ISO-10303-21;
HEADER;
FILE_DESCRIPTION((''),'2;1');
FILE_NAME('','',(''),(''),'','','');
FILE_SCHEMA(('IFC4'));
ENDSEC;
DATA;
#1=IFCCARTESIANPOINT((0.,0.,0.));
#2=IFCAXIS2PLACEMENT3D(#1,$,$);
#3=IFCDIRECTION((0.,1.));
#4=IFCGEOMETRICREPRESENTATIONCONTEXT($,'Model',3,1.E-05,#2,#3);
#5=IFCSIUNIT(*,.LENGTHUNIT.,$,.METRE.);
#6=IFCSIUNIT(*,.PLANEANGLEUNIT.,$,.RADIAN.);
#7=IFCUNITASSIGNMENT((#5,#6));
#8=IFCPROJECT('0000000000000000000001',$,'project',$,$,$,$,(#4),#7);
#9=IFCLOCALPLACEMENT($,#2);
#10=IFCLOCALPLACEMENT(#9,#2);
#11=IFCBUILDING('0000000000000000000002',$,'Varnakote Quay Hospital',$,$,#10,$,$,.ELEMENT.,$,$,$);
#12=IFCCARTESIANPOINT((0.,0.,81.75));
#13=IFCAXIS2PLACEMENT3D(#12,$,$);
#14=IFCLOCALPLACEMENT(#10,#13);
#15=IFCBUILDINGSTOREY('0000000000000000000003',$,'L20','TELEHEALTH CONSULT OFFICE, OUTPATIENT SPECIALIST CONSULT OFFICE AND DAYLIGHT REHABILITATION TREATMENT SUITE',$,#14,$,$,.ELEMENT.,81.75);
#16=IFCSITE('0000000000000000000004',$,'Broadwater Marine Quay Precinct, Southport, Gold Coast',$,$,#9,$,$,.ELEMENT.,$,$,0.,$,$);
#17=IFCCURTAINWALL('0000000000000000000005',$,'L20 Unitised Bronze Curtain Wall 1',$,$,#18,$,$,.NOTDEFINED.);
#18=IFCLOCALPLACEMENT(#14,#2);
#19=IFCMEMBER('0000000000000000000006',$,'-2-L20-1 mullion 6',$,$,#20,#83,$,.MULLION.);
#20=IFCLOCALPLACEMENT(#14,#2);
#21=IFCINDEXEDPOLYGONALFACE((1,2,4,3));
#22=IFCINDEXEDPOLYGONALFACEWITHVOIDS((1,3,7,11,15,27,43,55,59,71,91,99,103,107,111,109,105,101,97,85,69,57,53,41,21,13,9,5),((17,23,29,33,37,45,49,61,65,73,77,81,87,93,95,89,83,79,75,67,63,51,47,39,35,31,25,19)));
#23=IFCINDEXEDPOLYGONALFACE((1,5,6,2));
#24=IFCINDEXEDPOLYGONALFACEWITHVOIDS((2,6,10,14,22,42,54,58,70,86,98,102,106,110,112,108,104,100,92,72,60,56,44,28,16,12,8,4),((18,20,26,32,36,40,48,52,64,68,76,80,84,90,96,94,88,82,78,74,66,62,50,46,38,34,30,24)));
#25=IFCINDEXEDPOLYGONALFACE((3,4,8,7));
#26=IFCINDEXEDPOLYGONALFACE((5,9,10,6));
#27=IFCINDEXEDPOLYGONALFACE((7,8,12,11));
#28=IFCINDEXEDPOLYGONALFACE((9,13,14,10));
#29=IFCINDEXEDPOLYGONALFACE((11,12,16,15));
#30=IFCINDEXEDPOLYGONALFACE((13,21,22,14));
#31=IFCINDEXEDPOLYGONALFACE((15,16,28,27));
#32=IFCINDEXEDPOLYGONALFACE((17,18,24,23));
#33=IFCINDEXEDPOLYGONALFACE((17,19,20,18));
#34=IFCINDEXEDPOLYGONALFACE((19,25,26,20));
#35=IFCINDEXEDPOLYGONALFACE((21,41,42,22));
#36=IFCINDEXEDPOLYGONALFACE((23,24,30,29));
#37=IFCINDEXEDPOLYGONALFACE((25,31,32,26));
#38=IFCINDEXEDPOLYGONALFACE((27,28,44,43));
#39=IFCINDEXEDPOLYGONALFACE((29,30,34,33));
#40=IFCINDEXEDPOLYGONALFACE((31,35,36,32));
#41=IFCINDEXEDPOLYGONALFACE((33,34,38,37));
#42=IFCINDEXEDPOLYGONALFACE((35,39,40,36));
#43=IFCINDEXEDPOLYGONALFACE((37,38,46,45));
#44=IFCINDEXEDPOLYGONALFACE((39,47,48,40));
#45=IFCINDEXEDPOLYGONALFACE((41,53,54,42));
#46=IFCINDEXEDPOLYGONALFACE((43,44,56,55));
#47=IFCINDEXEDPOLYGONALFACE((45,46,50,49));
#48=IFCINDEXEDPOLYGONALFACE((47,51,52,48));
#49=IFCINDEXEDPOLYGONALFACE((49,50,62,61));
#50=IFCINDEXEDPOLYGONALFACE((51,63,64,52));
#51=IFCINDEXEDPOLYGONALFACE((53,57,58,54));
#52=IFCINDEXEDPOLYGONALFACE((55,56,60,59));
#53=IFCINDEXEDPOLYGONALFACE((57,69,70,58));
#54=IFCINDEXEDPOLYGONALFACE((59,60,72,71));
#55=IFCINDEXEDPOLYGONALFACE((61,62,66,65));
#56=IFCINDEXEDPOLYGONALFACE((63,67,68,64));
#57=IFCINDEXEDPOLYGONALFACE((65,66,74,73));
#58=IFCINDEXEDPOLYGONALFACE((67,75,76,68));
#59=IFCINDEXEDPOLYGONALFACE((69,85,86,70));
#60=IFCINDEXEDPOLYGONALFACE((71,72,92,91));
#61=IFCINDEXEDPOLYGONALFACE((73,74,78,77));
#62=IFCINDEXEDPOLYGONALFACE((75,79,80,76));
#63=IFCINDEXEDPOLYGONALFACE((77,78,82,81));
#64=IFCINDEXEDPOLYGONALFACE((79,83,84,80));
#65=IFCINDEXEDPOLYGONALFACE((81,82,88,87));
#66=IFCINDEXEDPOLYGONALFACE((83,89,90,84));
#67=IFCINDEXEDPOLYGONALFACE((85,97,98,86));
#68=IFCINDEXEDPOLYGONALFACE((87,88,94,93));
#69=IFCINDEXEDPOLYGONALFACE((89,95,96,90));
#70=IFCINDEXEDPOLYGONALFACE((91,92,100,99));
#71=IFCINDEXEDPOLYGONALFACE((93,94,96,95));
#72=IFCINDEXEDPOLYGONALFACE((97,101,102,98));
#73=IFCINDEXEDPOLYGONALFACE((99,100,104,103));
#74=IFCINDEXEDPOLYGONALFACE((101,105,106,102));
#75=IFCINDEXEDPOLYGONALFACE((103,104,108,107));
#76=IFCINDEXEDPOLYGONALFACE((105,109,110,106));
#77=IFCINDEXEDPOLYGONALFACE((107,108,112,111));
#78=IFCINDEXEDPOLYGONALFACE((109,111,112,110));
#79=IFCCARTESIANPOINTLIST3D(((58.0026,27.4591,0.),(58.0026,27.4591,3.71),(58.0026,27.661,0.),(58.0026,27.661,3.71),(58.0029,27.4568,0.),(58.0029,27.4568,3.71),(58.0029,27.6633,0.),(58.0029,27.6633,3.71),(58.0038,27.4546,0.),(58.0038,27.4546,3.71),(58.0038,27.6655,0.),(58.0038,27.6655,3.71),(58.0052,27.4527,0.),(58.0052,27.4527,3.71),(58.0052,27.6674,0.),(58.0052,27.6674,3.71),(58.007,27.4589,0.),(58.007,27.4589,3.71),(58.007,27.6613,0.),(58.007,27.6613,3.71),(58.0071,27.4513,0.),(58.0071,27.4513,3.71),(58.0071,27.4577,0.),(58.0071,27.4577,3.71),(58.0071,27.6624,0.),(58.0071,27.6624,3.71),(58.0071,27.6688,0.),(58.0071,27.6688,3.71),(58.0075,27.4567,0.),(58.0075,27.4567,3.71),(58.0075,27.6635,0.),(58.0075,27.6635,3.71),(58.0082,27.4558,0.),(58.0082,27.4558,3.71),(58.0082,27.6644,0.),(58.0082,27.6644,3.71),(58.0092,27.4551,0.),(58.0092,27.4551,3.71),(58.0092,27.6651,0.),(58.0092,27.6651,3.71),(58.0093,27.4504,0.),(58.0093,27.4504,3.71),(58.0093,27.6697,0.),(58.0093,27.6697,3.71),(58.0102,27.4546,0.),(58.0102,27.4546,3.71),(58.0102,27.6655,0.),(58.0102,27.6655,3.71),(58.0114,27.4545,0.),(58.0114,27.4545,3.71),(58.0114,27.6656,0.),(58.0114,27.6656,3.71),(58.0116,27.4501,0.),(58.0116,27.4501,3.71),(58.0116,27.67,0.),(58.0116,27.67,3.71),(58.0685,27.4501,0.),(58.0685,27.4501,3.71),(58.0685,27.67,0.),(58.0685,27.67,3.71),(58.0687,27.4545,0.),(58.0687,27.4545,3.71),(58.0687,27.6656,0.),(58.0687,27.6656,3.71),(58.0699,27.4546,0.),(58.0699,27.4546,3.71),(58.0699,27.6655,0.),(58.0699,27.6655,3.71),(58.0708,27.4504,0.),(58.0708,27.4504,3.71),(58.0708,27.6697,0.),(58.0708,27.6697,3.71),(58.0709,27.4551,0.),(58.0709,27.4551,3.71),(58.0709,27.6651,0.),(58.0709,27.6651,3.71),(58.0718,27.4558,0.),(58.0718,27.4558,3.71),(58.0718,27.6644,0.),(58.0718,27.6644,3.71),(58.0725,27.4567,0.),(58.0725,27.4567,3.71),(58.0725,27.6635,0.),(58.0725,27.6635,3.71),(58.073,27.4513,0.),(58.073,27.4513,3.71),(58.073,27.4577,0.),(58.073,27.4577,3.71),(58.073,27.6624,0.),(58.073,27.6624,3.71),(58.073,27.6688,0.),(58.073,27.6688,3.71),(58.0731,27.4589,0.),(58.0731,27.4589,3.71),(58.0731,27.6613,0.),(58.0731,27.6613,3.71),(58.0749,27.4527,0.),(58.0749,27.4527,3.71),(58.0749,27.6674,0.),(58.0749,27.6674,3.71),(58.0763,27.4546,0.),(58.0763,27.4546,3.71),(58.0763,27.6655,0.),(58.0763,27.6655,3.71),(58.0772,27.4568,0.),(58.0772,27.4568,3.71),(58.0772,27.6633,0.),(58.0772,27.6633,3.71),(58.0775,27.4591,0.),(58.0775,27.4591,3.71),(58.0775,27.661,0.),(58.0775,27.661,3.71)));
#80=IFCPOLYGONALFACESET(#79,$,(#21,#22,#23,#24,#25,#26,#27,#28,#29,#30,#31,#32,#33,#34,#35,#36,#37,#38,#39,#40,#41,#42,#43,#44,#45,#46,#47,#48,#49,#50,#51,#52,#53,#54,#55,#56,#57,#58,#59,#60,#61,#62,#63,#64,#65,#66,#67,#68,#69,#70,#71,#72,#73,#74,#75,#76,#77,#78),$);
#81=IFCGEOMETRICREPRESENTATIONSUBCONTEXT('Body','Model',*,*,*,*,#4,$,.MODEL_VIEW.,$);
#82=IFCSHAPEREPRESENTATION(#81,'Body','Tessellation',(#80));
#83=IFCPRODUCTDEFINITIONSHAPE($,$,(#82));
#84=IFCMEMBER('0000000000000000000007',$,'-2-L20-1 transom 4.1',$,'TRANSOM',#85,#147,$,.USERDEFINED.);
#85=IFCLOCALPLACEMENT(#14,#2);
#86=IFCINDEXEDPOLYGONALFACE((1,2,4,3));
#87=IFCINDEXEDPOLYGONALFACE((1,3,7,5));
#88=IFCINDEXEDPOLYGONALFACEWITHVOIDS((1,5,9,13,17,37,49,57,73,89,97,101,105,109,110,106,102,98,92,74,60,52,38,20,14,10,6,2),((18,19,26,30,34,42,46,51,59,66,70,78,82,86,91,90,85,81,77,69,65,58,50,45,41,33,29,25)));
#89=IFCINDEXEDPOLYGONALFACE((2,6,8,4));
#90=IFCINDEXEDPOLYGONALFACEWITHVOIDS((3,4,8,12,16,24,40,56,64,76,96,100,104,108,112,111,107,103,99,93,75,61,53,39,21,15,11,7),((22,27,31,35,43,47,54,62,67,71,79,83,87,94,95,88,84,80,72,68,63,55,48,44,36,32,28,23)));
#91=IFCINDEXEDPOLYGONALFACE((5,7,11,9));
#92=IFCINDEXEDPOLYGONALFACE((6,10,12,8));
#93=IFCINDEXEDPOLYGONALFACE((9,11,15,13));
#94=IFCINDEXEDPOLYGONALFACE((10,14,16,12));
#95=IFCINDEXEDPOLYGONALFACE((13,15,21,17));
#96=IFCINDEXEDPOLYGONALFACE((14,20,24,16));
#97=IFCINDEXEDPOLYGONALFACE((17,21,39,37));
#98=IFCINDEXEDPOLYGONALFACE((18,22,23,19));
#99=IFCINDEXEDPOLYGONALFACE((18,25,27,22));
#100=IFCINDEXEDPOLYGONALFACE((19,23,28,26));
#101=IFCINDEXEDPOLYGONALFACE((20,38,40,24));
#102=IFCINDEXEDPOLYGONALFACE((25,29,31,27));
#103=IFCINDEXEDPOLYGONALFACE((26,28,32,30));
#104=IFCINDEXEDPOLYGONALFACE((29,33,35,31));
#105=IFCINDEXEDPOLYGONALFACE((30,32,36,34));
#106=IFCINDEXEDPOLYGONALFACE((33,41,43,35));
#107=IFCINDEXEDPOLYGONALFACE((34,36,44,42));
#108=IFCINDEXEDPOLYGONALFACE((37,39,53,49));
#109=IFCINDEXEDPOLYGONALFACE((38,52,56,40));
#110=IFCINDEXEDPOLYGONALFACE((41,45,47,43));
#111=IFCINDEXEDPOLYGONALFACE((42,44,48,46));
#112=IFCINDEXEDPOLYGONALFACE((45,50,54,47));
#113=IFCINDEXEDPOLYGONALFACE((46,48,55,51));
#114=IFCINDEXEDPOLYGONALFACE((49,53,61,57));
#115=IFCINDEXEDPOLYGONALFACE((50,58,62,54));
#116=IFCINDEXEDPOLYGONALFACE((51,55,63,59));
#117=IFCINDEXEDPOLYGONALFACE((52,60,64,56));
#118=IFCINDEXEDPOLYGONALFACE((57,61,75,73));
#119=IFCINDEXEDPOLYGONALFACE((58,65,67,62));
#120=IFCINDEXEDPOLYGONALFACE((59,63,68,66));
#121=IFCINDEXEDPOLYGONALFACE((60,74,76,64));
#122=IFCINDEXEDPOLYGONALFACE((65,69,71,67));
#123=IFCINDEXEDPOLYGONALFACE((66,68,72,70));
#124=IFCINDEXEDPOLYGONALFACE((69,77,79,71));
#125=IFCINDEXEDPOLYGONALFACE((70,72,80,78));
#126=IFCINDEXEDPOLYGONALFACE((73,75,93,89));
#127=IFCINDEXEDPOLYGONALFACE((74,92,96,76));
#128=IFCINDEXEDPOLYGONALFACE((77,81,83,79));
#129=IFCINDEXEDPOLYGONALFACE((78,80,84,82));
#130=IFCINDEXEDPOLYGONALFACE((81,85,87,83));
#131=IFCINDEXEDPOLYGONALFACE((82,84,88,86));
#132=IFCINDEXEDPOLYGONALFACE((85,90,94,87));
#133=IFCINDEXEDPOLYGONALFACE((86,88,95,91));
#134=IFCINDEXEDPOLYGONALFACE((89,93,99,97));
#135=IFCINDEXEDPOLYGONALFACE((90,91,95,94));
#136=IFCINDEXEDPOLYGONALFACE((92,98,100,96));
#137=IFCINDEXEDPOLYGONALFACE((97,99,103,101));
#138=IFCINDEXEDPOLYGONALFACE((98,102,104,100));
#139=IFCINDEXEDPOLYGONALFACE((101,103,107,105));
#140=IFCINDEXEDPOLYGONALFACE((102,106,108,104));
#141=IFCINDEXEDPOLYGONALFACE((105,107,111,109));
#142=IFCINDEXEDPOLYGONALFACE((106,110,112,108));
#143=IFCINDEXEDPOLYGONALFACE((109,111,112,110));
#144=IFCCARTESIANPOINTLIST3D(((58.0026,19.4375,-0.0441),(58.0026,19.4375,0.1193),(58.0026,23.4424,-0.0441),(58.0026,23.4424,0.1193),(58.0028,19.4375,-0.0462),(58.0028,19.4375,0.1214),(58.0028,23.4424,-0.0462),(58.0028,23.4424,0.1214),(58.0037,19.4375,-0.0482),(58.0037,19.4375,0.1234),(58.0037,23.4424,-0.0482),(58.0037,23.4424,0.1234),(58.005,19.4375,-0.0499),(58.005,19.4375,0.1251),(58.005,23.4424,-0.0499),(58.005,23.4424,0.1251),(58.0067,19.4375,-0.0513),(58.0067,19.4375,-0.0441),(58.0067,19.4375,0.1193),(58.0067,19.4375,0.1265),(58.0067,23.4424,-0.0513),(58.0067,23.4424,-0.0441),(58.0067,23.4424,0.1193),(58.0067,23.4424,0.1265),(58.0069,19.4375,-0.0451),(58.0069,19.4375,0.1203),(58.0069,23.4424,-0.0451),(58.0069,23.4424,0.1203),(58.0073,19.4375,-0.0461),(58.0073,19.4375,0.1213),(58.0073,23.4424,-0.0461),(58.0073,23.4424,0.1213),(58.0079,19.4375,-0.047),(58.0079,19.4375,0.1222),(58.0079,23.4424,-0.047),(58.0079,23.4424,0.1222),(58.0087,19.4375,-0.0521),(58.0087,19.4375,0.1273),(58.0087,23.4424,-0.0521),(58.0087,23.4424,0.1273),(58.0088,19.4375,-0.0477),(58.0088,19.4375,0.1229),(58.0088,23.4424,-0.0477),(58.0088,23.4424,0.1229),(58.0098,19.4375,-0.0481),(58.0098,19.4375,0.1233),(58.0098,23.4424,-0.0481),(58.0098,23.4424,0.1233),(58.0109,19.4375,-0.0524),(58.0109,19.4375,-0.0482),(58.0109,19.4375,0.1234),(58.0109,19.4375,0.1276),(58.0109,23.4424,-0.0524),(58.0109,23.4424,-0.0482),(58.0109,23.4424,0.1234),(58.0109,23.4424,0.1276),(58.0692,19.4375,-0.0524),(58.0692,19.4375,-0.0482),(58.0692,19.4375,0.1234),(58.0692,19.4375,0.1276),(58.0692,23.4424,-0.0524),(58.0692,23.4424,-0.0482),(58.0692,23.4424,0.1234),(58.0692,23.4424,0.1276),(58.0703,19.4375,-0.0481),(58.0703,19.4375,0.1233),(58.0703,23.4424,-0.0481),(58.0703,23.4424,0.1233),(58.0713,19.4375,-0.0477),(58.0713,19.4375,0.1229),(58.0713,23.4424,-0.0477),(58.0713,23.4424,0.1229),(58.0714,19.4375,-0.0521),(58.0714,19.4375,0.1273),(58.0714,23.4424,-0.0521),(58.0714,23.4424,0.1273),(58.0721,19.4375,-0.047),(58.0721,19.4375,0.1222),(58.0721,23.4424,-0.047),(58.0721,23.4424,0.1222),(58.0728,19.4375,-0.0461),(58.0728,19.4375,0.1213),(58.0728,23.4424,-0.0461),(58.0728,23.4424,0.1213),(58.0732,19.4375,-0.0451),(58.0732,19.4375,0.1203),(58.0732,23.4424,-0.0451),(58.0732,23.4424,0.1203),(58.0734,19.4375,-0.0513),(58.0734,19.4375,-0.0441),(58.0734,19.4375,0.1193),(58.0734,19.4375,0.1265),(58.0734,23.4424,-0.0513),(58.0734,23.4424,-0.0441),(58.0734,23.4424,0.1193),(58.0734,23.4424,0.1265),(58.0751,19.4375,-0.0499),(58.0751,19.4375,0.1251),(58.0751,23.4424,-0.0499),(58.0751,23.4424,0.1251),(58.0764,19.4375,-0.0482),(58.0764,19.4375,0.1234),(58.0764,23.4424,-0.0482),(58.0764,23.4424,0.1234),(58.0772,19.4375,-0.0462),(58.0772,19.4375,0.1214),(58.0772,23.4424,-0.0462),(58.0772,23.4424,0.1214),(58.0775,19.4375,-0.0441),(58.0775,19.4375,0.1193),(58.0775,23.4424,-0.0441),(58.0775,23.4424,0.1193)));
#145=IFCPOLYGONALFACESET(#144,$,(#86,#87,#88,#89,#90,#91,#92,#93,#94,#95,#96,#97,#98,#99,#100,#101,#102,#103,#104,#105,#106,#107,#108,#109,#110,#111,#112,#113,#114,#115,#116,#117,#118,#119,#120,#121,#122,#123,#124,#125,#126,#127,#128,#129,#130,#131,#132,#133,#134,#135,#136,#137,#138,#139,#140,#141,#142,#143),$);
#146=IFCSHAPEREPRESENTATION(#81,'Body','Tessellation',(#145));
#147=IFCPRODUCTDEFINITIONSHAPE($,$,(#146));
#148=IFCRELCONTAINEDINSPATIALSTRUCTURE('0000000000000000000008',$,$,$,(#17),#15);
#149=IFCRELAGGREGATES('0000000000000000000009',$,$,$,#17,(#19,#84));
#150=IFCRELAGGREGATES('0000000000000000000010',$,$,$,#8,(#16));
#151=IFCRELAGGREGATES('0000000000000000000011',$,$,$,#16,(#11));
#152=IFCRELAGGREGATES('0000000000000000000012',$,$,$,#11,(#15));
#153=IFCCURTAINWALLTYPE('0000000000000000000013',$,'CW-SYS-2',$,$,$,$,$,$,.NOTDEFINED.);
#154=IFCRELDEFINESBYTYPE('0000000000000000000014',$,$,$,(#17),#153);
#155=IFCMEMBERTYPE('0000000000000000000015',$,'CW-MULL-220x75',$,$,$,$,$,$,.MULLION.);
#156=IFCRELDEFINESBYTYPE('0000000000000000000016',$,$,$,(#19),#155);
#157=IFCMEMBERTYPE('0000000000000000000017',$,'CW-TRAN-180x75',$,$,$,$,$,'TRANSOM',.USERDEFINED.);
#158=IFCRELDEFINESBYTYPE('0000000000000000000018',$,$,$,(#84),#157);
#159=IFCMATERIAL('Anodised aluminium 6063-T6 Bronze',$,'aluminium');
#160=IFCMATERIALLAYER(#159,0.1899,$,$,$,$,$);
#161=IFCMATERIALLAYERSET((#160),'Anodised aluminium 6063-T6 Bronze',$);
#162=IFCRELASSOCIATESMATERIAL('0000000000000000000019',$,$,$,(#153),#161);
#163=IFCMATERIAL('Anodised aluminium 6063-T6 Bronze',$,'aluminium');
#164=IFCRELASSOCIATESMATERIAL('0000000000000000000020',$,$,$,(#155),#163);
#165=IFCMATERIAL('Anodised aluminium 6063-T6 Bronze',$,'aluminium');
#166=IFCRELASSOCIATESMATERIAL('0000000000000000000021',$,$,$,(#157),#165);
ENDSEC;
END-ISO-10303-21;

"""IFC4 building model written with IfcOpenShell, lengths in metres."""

from ifc_helpers import new_model, si_unit, direction, frame, origin, origin_2d, place, context, subcontext, project, spatial, hollow_rectangle, extrude, material, layer, layer_set, material_profile, profile_set, type_object, element, aggregate, save


model = new_model("IFC4")

# Units and contexts
model_context = context("Model", 3, precision=1e-05, world=origin(), true_north=direction((0.0, 1.0)))
body_context = subcontext(model_context, "Body", "Model", "MODEL_VIEW")
ifc_project = project(units=[si_unit("LENGTHUNIT", "METRE"), si_unit("PLANEANGLEUNIT", "RADIAN")], contexts=[model_context])

# Site, building, storey
site_placement = place(None, origin())
site = spatial("IfcSite", under=ifc_project, at=site_placement, Name="Broadwater Marine Quay Precinct, Southport, Gold Coast", CompositionType="ELEMENT", RefElevation=0.0)
building_placement = place(site_placement, origin())
building = spatial("IfcBuilding", under=site, at=building_placement, Name="Varnakote Quay Hospital", CompositionType="ELEMENT")
storey_placement = place(building_placement, frame((0.0, 0.0, 81.75)))
storey = spatial("IfcBuildingStorey", under=building, at=storey_placement, Name="L20", Description="TELEHEALTH CONSULT OFFICE, OUTPATIENT SPECIALIST CONSULT OFFICE AND DAYLIGHT REHABILITATION TREATMENT SUITE", CompositionType="ELEMENT", Elevation=81.75)

# Curtain wall, members
ifc_material_1 = material(Name="Anodised aluminium 6063-T6 Bronze", Category="aluminium")
ifc_layer_1 = layer(ifc_material_1, 0.1899)
ifc_layer_set_1 = layer_set([ifc_layer_1], Name="Anodised aluminium 6063-T6 Bronze")
curtain_wall_type = type_object("IfcCurtainWallType", Name="CW-SYS-2", PredefinedType="NOTDEFINED", material=ifc_layer_set_1)
curtain_wall_placement = place(storey_placement, origin())
curtain_wall = element("IfcCurtainWall", 1, at=curtain_wall_placement, inside=storey, type_object=curtain_wall_type, Name="L20 Unitised Bronze Curtain Wall 1", PredefinedType="NOTDEFINED")
ifc_material_2 = material(Name="Anodised aluminium 6063-T6 Bronze", Category="aluminium")
ifc_material_profile_1 = material_profile(ifc_material_2, hollow_rectangle(XDim=0.075, YDim=0.22, WallThickness=0.0044, InnerFilletRadius=0.0044, OuterFilletRadius=0.009, at=origin_2d()), Name="CW-MULL-220x75")
ifc_profile_set_1 = profile_set([ifc_material_profile_1], Name="Anodised aluminium 6063-T6 Bronze")
member_type_1 = type_object("IfcMemberType", Name="CW-MULL-220x75", PredefinedType="MULLION", material=ifc_profile_set_1)
member_1_placement = place(storey_placement, frame((58.04, 27.5601, 0.0), z_axis=(0.0, 0.0, 1.0), x_axis=(-1.0, 0.0, 0.0)))
member_1 = element("IfcMember", 2, at=member_1_placement, type_object=member_type_1, Name="-2-L20-1 mullion 6", PredefinedType="MULLION", context=body_context, shape_type="SweptSolid", body=[
    extrude(hollow_rectangle(XDim=0.075, YDim=0.22, WallThickness=0.0044, InnerFilletRadius=0.0044, OuterFilletRadius=0.009, at=origin_2d()), origin(), (0.0, 0.0, 1.0), 3.71),
])
ifc_material_3 = material(Name="Anodised aluminium 6063-T6 Bronze", Category="aluminium")
ifc_material_profile_2 = material_profile(ifc_material_3, hollow_rectangle(XDim=0.075, YDim=0.1799, WallThickness=0.0042, InnerFilletRadius=0.0042, OuterFilletRadius=0.0083, at=origin_2d()), Name="CW-TRAN-180x75")
ifc_profile_set_2 = profile_set([ifc_material_profile_2], Name="Anodised aluminium 6063-T6 Bronze")
member_type_2 = type_object("IfcMemberType", Name="CW-TRAN-180x75", ElementType="TRANSOM", PredefinedType="USERDEFINED", material=ifc_profile_set_2)
member_2_placement = place(storey_placement, frame((58.04, 19.4375, 0.0376), z_axis=(0.0, 1.0, 0.0), x_axis=(-1.0, 0.0, 0.0)))
member_2 = element("IfcMember", 3, at=member_2_placement, type_object=member_type_2, Name="-2-L20-1 transom 4.1", ObjectType="TRANSOM", PredefinedType="USERDEFINED", context=body_context, shape_type="SweptSolid", body=[
    extrude(hollow_rectangle(XDim=0.075, YDim=0.1799, WallThickness=0.0042, InnerFilletRadius=0.0042, OuterFilletRadius=0.0083, at=origin_2d()), origin(), (0.0, 0.0, 1.0), 4.0049),
])
aggregate(curtain_wall, [member_1, member_2])

save(model, "model.ifc")
